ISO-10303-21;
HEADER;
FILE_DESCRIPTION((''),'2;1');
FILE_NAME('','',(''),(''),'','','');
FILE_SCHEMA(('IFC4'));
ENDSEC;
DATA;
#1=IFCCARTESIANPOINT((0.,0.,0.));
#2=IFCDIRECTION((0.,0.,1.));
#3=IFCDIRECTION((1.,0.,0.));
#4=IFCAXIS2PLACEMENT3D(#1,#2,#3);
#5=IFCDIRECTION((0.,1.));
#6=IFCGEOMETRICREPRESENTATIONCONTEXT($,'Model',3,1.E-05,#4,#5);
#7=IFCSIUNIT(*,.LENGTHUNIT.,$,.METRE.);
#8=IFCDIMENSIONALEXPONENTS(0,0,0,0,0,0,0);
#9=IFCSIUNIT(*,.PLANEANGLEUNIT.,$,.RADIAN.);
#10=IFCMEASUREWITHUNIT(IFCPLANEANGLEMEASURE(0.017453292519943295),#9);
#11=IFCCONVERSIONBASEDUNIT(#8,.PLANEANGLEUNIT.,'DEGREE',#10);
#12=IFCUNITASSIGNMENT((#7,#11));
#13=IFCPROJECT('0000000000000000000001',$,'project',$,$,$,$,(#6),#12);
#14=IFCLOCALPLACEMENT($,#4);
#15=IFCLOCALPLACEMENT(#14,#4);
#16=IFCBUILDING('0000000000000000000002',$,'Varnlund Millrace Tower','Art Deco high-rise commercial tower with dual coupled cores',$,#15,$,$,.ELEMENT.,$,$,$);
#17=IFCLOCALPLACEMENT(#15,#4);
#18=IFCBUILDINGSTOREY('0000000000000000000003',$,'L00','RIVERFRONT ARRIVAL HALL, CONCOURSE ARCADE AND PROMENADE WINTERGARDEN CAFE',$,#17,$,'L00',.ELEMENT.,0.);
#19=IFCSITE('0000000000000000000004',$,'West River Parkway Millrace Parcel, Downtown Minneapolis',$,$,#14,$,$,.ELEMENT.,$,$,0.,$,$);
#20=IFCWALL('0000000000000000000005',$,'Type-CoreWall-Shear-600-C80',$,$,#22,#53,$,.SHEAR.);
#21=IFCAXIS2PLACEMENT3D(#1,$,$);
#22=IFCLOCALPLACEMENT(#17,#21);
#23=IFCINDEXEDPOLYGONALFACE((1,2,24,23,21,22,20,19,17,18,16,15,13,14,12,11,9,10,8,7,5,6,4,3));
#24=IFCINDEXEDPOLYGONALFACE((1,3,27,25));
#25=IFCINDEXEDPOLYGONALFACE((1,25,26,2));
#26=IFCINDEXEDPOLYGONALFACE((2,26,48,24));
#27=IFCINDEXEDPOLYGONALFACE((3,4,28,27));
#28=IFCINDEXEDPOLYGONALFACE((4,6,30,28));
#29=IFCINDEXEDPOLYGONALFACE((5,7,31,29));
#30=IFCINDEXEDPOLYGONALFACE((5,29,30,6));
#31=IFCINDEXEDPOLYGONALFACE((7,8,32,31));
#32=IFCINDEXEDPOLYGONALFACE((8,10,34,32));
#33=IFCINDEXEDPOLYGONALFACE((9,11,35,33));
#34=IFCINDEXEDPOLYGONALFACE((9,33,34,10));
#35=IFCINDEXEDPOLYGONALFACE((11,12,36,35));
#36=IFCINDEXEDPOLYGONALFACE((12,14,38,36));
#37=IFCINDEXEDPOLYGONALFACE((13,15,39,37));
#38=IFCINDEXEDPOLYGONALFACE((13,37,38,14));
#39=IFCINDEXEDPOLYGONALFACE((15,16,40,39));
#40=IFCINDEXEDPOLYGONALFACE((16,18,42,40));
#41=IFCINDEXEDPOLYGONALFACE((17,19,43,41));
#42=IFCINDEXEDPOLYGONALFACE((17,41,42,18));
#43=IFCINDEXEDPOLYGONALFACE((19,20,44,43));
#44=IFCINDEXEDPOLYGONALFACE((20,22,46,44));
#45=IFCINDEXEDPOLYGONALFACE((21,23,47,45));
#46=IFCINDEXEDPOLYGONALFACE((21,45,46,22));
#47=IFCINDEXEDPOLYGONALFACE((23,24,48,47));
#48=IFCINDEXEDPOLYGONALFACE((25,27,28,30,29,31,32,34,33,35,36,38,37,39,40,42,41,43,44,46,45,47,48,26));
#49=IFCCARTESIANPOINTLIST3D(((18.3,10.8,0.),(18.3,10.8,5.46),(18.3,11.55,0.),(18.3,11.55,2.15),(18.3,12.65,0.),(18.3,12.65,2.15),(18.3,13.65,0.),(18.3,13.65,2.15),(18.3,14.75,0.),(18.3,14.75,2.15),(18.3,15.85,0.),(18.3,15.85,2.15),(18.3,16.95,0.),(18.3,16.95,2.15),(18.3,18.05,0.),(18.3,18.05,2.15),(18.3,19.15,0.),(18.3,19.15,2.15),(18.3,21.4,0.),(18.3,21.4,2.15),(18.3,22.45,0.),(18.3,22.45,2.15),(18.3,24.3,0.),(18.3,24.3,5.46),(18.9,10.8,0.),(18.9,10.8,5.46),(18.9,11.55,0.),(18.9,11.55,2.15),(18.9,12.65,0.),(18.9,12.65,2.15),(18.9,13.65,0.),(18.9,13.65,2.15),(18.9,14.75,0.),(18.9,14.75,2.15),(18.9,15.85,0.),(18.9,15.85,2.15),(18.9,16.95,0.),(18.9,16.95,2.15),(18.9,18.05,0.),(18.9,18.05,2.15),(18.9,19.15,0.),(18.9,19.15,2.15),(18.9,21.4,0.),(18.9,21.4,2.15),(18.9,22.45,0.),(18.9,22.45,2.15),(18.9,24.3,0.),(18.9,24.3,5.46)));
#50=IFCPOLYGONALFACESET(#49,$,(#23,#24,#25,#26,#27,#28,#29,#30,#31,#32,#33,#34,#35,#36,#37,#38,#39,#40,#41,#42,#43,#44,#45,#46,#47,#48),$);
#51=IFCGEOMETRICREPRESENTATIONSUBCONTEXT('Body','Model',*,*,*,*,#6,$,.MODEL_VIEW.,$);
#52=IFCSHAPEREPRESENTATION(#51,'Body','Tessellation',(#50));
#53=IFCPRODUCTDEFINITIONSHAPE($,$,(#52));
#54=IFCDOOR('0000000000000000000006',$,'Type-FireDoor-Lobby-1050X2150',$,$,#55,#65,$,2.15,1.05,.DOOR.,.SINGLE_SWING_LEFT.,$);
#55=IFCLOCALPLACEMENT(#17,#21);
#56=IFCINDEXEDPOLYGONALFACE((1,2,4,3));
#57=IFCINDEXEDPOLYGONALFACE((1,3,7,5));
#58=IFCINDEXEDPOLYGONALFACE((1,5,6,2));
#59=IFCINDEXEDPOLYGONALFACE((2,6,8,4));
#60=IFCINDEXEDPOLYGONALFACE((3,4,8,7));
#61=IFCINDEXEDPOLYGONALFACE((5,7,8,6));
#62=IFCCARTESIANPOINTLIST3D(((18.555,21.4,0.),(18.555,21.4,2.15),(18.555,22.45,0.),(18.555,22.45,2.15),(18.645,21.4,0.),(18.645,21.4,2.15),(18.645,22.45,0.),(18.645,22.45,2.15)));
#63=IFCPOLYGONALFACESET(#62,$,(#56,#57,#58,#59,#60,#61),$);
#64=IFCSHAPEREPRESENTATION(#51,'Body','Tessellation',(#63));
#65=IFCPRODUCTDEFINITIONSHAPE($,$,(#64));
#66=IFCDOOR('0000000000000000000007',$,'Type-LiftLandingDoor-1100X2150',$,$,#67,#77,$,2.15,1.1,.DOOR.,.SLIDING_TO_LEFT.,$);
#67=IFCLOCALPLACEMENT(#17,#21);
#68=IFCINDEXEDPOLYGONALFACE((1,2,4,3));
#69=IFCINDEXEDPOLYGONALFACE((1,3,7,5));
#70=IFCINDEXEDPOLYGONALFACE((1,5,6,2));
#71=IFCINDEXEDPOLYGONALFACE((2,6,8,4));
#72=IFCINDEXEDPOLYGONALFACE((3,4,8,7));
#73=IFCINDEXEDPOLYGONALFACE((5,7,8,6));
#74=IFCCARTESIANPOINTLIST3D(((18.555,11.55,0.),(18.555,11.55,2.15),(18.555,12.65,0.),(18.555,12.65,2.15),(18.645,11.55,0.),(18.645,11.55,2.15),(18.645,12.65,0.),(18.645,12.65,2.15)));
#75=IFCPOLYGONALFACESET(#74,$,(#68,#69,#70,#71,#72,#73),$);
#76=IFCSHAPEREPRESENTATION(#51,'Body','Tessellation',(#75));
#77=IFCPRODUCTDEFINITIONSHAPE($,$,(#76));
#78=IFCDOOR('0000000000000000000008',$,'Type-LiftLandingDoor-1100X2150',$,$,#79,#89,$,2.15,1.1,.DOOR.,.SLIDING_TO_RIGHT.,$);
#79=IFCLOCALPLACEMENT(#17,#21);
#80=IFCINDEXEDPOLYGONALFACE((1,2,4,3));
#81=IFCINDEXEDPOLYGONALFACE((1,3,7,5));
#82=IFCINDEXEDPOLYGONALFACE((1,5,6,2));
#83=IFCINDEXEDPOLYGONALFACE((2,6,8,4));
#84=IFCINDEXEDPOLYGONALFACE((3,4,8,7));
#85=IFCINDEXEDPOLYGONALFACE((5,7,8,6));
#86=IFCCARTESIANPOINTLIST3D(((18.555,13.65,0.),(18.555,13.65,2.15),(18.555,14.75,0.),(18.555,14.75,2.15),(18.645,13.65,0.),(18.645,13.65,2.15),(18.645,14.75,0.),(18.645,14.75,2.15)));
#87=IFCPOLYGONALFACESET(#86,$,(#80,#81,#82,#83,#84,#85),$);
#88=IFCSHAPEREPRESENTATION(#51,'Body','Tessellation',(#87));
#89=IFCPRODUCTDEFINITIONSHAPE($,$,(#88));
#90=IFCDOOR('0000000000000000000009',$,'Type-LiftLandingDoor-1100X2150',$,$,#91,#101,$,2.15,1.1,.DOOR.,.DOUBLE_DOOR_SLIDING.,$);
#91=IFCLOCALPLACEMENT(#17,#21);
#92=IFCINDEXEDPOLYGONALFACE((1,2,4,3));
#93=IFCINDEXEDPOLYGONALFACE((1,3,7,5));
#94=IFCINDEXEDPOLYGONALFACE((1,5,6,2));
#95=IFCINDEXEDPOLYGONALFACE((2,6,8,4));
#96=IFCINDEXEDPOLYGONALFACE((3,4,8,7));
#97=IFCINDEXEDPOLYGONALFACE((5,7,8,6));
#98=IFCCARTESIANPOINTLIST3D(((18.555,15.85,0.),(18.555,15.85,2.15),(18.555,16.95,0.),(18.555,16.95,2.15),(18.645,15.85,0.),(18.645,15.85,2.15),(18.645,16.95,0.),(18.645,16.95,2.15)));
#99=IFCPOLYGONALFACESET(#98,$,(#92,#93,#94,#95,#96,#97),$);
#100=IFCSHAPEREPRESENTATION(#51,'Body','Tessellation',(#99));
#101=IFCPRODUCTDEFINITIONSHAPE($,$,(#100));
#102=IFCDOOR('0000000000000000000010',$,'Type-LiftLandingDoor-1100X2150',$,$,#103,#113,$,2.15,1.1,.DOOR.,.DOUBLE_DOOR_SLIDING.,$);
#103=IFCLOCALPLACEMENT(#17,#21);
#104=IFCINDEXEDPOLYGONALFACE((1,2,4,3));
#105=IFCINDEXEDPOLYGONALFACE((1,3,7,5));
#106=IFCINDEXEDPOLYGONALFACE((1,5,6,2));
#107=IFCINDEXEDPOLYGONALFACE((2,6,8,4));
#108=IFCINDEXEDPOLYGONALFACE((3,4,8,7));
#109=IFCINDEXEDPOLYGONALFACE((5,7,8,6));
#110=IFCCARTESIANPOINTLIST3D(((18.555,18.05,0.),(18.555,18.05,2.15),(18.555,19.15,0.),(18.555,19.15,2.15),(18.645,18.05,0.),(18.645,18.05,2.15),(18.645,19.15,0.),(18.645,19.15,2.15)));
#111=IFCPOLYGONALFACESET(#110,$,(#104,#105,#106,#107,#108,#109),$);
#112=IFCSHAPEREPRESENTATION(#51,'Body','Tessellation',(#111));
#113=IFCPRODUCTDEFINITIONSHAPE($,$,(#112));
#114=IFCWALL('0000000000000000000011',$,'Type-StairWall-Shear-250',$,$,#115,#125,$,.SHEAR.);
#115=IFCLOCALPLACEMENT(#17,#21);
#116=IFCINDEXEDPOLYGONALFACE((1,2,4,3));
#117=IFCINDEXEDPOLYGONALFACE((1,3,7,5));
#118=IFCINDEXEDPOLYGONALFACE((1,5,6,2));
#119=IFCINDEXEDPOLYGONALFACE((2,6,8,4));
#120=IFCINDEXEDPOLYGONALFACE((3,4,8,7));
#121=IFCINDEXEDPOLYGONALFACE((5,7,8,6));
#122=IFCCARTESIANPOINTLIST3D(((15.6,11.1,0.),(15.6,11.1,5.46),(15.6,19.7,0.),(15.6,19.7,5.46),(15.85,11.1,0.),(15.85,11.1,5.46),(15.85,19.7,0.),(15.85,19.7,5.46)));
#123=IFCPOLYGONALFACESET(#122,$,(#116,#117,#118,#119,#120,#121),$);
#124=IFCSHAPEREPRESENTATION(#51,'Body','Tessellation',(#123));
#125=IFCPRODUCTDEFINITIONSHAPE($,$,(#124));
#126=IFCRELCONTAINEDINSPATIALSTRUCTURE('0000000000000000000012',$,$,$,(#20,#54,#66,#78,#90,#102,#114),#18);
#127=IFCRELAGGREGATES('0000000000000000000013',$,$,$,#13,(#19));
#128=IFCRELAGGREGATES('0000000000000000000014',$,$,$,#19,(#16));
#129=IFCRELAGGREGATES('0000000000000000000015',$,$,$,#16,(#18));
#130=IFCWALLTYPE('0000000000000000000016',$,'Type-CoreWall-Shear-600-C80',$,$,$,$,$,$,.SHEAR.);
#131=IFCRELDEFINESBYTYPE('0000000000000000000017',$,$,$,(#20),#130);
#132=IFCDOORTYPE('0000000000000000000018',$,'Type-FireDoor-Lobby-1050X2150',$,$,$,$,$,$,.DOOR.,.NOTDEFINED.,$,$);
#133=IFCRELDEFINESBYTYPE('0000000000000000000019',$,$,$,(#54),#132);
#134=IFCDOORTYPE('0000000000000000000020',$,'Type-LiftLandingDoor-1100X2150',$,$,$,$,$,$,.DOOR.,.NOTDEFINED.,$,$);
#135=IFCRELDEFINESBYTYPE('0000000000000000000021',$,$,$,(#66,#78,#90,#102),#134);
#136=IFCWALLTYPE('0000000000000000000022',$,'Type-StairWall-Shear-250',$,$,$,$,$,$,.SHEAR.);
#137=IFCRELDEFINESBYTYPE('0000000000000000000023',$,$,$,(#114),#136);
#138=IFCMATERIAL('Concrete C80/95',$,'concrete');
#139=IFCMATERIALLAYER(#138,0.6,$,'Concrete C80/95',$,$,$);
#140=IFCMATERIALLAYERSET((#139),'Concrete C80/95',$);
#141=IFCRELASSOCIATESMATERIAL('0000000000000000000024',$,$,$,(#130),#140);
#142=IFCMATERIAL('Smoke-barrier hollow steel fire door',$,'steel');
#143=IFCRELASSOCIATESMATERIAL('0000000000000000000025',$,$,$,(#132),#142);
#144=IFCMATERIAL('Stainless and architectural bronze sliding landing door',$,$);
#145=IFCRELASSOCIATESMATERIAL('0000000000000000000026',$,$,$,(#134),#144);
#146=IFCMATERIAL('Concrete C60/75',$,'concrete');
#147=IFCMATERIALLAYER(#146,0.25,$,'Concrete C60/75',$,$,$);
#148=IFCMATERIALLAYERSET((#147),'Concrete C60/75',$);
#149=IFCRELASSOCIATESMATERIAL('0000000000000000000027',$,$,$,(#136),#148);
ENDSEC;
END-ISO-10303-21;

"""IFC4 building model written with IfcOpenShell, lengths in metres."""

from ifc_helpers import new_model, entity, si_unit, converted_unit, direction, frame, origin_with_axes, origin_2d_with_axis, place, context, subcontext, project, spatial, polyline, rectangle, outline, extrude, material, layer, layer_set, type_object, element, fill, save


model = new_model("IFC4")

# Units and contexts
model_context = context("Model", 3, precision=1e-05, world=origin_with_axes(), true_north=direction((0.0, 1.0)))
body_context = subcontext(model_context, "Body", "Model", "MODEL_VIEW")
ifc_project = project(units=[si_unit("LENGTHUNIT", "METRE"), converted_unit("PLANEANGLEUNIT", "DEGREE", entity("IfcPlaneAngleMeasure", 0.017453292519943295), si_unit("PLANEANGLEUNIT", "RADIAN"), dimensions=[0, 0, 0, 0, 0, 0, 0])], contexts=[model_context])

# Site, building, storey
site_placement = place(None, origin_with_axes())
site = spatial("IfcSite", under=ifc_project, at=site_placement, Name="West River Parkway Millrace Parcel, Downtown Minneapolis", CompositionType="ELEMENT", RefElevation=0.0)
building_placement = place(site_placement, origin_with_axes())
building = spatial("IfcBuilding", under=site, at=building_placement, Name="Varnlund Millrace Tower", Description="Art Deco high-rise commercial tower with dual coupled cores", CompositionType="ELEMENT")
storey_placement = place(building_placement, origin_with_axes())
storey = spatial("IfcBuildingStorey", under=building, at=storey_placement, Name="L00", Description="RIVERFRONT ARRIVAL HALL, CONCOURSE ARCADE AND PROMENADE WINTERGARDEN CAFE", LongName="L00", CompositionType="ELEMENT", Elevation=0.0)

# Shared definitions
ifc_material_1 = material(Name="Concrete C80/95", Category="concrete")

# Shared definitions
ifc_layer_1 = layer(ifc_material_1, 0.6, Name="Concrete C80/95")
ifc_layer_set_1 = layer_set([ifc_layer_1], Name="Concrete C80/95")
wall_type_1 = type_object("IfcWallType", Name="Type-CoreWall-Shear-600-C80", PredefinedType="SHEAR", material=ifc_layer_set_1)

# Wall, openings, doors
wall_1_placement = place(storey_placement, frame((18.6, 10.8, 0.0), z_axis=(0.0, 0.0, 1.0), x_axis=(0.0, 1.0, 0.0)))
wall_1 = element("IfcWall", 1, at=wall_1_placement, inside=storey, type_object=wall_type_1, Name="Type-CoreWall-Shear-600-C80", PredefinedType="SHEAR", context=body_context, shape_type="SweptSolid", body=[
    extrude(outline(polyline([(0.0, -0.3), (13.5, -0.3), (13.5, 0.3), (0.0, 0.3), (0.0, -0.3)])), origin_with_axes(), (0.0, 0.0, 1.0), 5.46),
])
opening_1_placement = place(wall_1_placement, frame((1.3, 0.0, 0.0), z_axis=(0.0, 0.0, 1.0), x_axis=(1.0, 0.0, 0.0)))
opening_1 = element("IfcOpeningElement", 2, at=opening_1_placement, cuts=wall_1, PredefinedType="OPENING", context=body_context, shape_type="SweptSolid", body=[
    extrude(rectangle(XDim=1.1, YDim=0.62, at=origin_2d_with_axis()), origin_with_axes(), (0.0, 0.0, 1.0), 2.15),
])
opening_2_placement = place(wall_1_placement, frame((3.4, 0.0, 0.0), z_axis=(0.0, 0.0, 1.0), x_axis=(1.0, 0.0, 0.0)))
opening_2 = element("IfcOpeningElement", 3, at=opening_2_placement, cuts=wall_1, PredefinedType="OPENING", context=body_context, shape_type="SweptSolid", body=[
    extrude(rectangle(XDim=1.1, YDim=0.62, at=origin_2d_with_axis()), origin_with_axes(), (0.0, 0.0, 1.0), 2.15),
])
opening_3_placement = place(wall_1_placement, frame((5.6, 0.0, 0.0), z_axis=(0.0, 0.0, 1.0), x_axis=(1.0, 0.0, 0.0)))
opening_3 = element("IfcOpeningElement", 4, at=opening_3_placement, cuts=wall_1, PredefinedType="OPENING", context=body_context, shape_type="SweptSolid", body=[
    extrude(rectangle(XDim=1.1, YDim=0.62, at=origin_2d_with_axis()), origin_with_axes(), (0.0, 0.0, 1.0), 2.15),
])
opening_4_placement = place(wall_1_placement, frame((7.8, 0.0, 0.0), z_axis=(0.0, 0.0, 1.0), x_axis=(1.0, 0.0, 0.0)))
opening_4 = element("IfcOpeningElement", 5, at=opening_4_placement, cuts=wall_1, PredefinedType="OPENING", context=body_context, shape_type="SweptSolid", body=[
    extrude(rectangle(XDim=1.1, YDim=0.62, at=origin_2d_with_axis()), origin_with_axes(), (0.0, 0.0, 1.0), 2.15),
])
opening_5_placement = place(wall_1_placement, frame((11.125, 0.0, 0.0), z_axis=(0.0, 0.0, 1.0), x_axis=(1.0, 0.0, 0.0)))
opening_5 = element("IfcOpeningElement", 6, at=opening_5_placement, cuts=wall_1, PredefinedType="OPENING", context=body_context, shape_type="SweptSolid", body=[
    extrude(rectangle(XDim=1.05, YDim=0.62, at=origin_2d_with_axis()), origin_with_axes(), (0.0, 0.0, 1.0), 2.15),
])
ifc_material_2 = material(Name="Smoke-barrier hollow steel fire door", Category="steel")
door_type_1 = type_object("IfcDoorType", Name="Type-FireDoor-Lobby-1050X2150", OperationType="NOTDEFINED", PredefinedType="DOOR", material=ifc_material_2)
door_1_placement = place(wall_1_placement, frame((11.125, 0.0, 0.0), z_axis=(0.0, 0.0, 1.0), x_axis=(1.0, 0.0, 0.0)))
door_1 = element("IfcDoor", 7, at=door_1_placement, inside=storey, type_object=door_type_1, Name="Type-FireDoor-Lobby-1050X2150", OperationType="SINGLE_SWING_LEFT", OverallHeight=2.15, OverallWidth=1.05, PredefinedType="DOOR", context=body_context, shape_type="SweptSolid", body=[
    extrude(rectangle(XDim=1.05, YDim=0.09, at=origin_2d_with_axis()), origin_with_axes(), (0.0, 0.0, 1.0), 2.15),
])
fill(opening_5, door_1)
ifc_material_3 = material(Name="Stainless and architectural bronze sliding landing door")
door_type_2 = type_object("IfcDoorType", Name="Type-LiftLandingDoor-1100X2150", OperationType="NOTDEFINED", PredefinedType="DOOR", material=ifc_material_3)
door_2_placement = place(wall_1_placement, frame((1.3, 0.0, 0.0), z_axis=(0.0, 0.0, 1.0), x_axis=(1.0, 0.0, 0.0)))
door_2 = element("IfcDoor", 8, at=door_2_placement, inside=storey, type_object=door_type_2, Name="Type-LiftLandingDoor-1100X2150", OperationType="SLIDING_TO_LEFT", OverallHeight=2.15, OverallWidth=1.1, PredefinedType="DOOR", context=body_context, shape_type="SweptSolid", body=[
    extrude(rectangle(XDim=1.1, YDim=0.09, at=origin_2d_with_axis()), origin_with_axes(), (0.0, 0.0, 1.0), 2.15),
])
fill(opening_1, door_2)
door_3_placement = place(wall_1_placement, frame((3.4, 0.0, 0.0), z_axis=(0.0, 0.0, 1.0), x_axis=(1.0, 0.0, 0.0)))
door_3 = element("IfcDoor", 9, at=door_3_placement, inside=storey, type_object=door_type_2, Name="Type-LiftLandingDoor-1100X2150", OperationType="SLIDING_TO_RIGHT", OverallHeight=2.15, OverallWidth=1.1, PredefinedType="DOOR", context=body_context, shape_type="SweptSolid", body=[
    extrude(rectangle(XDim=1.1, YDim=0.09, at=origin_2d_with_axis()), origin_with_axes(), (0.0, 0.0, 1.0), 2.15),
])
fill(opening_2, door_3)
door_4_placement = place(wall_1_placement, frame((5.6, 0.0, 0.0), z_axis=(0.0, 0.0, 1.0), x_axis=(1.0, 0.0, 0.0)))
door_4 = element("IfcDoor", 10, at=door_4_placement, inside=storey, type_object=door_type_2, Name="Type-LiftLandingDoor-1100X2150", OperationType="DOUBLE_DOOR_SLIDING", OverallHeight=2.15, OverallWidth=1.1, PredefinedType="DOOR", context=body_context, shape_type="SweptSolid", body=[
    extrude(rectangle(XDim=1.1, YDim=0.09, at=origin_2d_with_axis()), origin_with_axes(), (0.0, 0.0, 1.0), 2.15),
])
fill(opening_3, door_4)
door_5_placement = place(wall_1_placement, frame((7.8, 0.0, 0.0), z_axis=(0.0, 0.0, 1.0), x_axis=(1.0, 0.0, 0.0)))
door_5 = element("IfcDoor", 11, at=door_5_placement, inside=storey, type_object=door_type_2, Name="Type-LiftLandingDoor-1100X2150", OperationType="DOUBLE_DOOR_SLIDING", OverallHeight=2.15, OverallWidth=1.1, PredefinedType="DOOR", context=body_context, shape_type="SweptSolid", body=[
    extrude(rectangle(XDim=1.1, YDim=0.09, at=origin_2d_with_axis()), origin_with_axes(), (0.0, 0.0, 1.0), 2.15),
])
fill(opening_4, door_5)

# Wall
ifc_material_4 = material(Name="Concrete C60/75", Category="concrete")
ifc_layer_2 = layer(ifc_material_4, 0.25, Name="Concrete C60/75")
ifc_layer_set_2 = layer_set([ifc_layer_2], Name="Concrete C60/75")
wall_type_2 = type_object("IfcWallType", Name="Type-StairWall-Shear-250", PredefinedType="SHEAR", material=ifc_layer_set_2)
wall_2_placement = place(storey_placement, frame((15.725, 11.1, 0.0), z_axis=(0.0, 0.0, 1.0), x_axis=(0.0, 1.0, 0.0)))
element("IfcWall", 12, at=wall_2_placement, inside=storey, type_object=wall_type_2, Name="Type-StairWall-Shear-250", PredefinedType="SHEAR", context=body_context, shape_type="SweptSolid", body=[
    extrude(outline(polyline([(0.0, -0.125), (8.6, -0.125), (8.6, 0.125), (0.0, 0.125), (0.0, -0.125)])), origin_with_axes(), (0.0, 0.0, 1.0), 5.46),
])

save(model, "model.ifc")
